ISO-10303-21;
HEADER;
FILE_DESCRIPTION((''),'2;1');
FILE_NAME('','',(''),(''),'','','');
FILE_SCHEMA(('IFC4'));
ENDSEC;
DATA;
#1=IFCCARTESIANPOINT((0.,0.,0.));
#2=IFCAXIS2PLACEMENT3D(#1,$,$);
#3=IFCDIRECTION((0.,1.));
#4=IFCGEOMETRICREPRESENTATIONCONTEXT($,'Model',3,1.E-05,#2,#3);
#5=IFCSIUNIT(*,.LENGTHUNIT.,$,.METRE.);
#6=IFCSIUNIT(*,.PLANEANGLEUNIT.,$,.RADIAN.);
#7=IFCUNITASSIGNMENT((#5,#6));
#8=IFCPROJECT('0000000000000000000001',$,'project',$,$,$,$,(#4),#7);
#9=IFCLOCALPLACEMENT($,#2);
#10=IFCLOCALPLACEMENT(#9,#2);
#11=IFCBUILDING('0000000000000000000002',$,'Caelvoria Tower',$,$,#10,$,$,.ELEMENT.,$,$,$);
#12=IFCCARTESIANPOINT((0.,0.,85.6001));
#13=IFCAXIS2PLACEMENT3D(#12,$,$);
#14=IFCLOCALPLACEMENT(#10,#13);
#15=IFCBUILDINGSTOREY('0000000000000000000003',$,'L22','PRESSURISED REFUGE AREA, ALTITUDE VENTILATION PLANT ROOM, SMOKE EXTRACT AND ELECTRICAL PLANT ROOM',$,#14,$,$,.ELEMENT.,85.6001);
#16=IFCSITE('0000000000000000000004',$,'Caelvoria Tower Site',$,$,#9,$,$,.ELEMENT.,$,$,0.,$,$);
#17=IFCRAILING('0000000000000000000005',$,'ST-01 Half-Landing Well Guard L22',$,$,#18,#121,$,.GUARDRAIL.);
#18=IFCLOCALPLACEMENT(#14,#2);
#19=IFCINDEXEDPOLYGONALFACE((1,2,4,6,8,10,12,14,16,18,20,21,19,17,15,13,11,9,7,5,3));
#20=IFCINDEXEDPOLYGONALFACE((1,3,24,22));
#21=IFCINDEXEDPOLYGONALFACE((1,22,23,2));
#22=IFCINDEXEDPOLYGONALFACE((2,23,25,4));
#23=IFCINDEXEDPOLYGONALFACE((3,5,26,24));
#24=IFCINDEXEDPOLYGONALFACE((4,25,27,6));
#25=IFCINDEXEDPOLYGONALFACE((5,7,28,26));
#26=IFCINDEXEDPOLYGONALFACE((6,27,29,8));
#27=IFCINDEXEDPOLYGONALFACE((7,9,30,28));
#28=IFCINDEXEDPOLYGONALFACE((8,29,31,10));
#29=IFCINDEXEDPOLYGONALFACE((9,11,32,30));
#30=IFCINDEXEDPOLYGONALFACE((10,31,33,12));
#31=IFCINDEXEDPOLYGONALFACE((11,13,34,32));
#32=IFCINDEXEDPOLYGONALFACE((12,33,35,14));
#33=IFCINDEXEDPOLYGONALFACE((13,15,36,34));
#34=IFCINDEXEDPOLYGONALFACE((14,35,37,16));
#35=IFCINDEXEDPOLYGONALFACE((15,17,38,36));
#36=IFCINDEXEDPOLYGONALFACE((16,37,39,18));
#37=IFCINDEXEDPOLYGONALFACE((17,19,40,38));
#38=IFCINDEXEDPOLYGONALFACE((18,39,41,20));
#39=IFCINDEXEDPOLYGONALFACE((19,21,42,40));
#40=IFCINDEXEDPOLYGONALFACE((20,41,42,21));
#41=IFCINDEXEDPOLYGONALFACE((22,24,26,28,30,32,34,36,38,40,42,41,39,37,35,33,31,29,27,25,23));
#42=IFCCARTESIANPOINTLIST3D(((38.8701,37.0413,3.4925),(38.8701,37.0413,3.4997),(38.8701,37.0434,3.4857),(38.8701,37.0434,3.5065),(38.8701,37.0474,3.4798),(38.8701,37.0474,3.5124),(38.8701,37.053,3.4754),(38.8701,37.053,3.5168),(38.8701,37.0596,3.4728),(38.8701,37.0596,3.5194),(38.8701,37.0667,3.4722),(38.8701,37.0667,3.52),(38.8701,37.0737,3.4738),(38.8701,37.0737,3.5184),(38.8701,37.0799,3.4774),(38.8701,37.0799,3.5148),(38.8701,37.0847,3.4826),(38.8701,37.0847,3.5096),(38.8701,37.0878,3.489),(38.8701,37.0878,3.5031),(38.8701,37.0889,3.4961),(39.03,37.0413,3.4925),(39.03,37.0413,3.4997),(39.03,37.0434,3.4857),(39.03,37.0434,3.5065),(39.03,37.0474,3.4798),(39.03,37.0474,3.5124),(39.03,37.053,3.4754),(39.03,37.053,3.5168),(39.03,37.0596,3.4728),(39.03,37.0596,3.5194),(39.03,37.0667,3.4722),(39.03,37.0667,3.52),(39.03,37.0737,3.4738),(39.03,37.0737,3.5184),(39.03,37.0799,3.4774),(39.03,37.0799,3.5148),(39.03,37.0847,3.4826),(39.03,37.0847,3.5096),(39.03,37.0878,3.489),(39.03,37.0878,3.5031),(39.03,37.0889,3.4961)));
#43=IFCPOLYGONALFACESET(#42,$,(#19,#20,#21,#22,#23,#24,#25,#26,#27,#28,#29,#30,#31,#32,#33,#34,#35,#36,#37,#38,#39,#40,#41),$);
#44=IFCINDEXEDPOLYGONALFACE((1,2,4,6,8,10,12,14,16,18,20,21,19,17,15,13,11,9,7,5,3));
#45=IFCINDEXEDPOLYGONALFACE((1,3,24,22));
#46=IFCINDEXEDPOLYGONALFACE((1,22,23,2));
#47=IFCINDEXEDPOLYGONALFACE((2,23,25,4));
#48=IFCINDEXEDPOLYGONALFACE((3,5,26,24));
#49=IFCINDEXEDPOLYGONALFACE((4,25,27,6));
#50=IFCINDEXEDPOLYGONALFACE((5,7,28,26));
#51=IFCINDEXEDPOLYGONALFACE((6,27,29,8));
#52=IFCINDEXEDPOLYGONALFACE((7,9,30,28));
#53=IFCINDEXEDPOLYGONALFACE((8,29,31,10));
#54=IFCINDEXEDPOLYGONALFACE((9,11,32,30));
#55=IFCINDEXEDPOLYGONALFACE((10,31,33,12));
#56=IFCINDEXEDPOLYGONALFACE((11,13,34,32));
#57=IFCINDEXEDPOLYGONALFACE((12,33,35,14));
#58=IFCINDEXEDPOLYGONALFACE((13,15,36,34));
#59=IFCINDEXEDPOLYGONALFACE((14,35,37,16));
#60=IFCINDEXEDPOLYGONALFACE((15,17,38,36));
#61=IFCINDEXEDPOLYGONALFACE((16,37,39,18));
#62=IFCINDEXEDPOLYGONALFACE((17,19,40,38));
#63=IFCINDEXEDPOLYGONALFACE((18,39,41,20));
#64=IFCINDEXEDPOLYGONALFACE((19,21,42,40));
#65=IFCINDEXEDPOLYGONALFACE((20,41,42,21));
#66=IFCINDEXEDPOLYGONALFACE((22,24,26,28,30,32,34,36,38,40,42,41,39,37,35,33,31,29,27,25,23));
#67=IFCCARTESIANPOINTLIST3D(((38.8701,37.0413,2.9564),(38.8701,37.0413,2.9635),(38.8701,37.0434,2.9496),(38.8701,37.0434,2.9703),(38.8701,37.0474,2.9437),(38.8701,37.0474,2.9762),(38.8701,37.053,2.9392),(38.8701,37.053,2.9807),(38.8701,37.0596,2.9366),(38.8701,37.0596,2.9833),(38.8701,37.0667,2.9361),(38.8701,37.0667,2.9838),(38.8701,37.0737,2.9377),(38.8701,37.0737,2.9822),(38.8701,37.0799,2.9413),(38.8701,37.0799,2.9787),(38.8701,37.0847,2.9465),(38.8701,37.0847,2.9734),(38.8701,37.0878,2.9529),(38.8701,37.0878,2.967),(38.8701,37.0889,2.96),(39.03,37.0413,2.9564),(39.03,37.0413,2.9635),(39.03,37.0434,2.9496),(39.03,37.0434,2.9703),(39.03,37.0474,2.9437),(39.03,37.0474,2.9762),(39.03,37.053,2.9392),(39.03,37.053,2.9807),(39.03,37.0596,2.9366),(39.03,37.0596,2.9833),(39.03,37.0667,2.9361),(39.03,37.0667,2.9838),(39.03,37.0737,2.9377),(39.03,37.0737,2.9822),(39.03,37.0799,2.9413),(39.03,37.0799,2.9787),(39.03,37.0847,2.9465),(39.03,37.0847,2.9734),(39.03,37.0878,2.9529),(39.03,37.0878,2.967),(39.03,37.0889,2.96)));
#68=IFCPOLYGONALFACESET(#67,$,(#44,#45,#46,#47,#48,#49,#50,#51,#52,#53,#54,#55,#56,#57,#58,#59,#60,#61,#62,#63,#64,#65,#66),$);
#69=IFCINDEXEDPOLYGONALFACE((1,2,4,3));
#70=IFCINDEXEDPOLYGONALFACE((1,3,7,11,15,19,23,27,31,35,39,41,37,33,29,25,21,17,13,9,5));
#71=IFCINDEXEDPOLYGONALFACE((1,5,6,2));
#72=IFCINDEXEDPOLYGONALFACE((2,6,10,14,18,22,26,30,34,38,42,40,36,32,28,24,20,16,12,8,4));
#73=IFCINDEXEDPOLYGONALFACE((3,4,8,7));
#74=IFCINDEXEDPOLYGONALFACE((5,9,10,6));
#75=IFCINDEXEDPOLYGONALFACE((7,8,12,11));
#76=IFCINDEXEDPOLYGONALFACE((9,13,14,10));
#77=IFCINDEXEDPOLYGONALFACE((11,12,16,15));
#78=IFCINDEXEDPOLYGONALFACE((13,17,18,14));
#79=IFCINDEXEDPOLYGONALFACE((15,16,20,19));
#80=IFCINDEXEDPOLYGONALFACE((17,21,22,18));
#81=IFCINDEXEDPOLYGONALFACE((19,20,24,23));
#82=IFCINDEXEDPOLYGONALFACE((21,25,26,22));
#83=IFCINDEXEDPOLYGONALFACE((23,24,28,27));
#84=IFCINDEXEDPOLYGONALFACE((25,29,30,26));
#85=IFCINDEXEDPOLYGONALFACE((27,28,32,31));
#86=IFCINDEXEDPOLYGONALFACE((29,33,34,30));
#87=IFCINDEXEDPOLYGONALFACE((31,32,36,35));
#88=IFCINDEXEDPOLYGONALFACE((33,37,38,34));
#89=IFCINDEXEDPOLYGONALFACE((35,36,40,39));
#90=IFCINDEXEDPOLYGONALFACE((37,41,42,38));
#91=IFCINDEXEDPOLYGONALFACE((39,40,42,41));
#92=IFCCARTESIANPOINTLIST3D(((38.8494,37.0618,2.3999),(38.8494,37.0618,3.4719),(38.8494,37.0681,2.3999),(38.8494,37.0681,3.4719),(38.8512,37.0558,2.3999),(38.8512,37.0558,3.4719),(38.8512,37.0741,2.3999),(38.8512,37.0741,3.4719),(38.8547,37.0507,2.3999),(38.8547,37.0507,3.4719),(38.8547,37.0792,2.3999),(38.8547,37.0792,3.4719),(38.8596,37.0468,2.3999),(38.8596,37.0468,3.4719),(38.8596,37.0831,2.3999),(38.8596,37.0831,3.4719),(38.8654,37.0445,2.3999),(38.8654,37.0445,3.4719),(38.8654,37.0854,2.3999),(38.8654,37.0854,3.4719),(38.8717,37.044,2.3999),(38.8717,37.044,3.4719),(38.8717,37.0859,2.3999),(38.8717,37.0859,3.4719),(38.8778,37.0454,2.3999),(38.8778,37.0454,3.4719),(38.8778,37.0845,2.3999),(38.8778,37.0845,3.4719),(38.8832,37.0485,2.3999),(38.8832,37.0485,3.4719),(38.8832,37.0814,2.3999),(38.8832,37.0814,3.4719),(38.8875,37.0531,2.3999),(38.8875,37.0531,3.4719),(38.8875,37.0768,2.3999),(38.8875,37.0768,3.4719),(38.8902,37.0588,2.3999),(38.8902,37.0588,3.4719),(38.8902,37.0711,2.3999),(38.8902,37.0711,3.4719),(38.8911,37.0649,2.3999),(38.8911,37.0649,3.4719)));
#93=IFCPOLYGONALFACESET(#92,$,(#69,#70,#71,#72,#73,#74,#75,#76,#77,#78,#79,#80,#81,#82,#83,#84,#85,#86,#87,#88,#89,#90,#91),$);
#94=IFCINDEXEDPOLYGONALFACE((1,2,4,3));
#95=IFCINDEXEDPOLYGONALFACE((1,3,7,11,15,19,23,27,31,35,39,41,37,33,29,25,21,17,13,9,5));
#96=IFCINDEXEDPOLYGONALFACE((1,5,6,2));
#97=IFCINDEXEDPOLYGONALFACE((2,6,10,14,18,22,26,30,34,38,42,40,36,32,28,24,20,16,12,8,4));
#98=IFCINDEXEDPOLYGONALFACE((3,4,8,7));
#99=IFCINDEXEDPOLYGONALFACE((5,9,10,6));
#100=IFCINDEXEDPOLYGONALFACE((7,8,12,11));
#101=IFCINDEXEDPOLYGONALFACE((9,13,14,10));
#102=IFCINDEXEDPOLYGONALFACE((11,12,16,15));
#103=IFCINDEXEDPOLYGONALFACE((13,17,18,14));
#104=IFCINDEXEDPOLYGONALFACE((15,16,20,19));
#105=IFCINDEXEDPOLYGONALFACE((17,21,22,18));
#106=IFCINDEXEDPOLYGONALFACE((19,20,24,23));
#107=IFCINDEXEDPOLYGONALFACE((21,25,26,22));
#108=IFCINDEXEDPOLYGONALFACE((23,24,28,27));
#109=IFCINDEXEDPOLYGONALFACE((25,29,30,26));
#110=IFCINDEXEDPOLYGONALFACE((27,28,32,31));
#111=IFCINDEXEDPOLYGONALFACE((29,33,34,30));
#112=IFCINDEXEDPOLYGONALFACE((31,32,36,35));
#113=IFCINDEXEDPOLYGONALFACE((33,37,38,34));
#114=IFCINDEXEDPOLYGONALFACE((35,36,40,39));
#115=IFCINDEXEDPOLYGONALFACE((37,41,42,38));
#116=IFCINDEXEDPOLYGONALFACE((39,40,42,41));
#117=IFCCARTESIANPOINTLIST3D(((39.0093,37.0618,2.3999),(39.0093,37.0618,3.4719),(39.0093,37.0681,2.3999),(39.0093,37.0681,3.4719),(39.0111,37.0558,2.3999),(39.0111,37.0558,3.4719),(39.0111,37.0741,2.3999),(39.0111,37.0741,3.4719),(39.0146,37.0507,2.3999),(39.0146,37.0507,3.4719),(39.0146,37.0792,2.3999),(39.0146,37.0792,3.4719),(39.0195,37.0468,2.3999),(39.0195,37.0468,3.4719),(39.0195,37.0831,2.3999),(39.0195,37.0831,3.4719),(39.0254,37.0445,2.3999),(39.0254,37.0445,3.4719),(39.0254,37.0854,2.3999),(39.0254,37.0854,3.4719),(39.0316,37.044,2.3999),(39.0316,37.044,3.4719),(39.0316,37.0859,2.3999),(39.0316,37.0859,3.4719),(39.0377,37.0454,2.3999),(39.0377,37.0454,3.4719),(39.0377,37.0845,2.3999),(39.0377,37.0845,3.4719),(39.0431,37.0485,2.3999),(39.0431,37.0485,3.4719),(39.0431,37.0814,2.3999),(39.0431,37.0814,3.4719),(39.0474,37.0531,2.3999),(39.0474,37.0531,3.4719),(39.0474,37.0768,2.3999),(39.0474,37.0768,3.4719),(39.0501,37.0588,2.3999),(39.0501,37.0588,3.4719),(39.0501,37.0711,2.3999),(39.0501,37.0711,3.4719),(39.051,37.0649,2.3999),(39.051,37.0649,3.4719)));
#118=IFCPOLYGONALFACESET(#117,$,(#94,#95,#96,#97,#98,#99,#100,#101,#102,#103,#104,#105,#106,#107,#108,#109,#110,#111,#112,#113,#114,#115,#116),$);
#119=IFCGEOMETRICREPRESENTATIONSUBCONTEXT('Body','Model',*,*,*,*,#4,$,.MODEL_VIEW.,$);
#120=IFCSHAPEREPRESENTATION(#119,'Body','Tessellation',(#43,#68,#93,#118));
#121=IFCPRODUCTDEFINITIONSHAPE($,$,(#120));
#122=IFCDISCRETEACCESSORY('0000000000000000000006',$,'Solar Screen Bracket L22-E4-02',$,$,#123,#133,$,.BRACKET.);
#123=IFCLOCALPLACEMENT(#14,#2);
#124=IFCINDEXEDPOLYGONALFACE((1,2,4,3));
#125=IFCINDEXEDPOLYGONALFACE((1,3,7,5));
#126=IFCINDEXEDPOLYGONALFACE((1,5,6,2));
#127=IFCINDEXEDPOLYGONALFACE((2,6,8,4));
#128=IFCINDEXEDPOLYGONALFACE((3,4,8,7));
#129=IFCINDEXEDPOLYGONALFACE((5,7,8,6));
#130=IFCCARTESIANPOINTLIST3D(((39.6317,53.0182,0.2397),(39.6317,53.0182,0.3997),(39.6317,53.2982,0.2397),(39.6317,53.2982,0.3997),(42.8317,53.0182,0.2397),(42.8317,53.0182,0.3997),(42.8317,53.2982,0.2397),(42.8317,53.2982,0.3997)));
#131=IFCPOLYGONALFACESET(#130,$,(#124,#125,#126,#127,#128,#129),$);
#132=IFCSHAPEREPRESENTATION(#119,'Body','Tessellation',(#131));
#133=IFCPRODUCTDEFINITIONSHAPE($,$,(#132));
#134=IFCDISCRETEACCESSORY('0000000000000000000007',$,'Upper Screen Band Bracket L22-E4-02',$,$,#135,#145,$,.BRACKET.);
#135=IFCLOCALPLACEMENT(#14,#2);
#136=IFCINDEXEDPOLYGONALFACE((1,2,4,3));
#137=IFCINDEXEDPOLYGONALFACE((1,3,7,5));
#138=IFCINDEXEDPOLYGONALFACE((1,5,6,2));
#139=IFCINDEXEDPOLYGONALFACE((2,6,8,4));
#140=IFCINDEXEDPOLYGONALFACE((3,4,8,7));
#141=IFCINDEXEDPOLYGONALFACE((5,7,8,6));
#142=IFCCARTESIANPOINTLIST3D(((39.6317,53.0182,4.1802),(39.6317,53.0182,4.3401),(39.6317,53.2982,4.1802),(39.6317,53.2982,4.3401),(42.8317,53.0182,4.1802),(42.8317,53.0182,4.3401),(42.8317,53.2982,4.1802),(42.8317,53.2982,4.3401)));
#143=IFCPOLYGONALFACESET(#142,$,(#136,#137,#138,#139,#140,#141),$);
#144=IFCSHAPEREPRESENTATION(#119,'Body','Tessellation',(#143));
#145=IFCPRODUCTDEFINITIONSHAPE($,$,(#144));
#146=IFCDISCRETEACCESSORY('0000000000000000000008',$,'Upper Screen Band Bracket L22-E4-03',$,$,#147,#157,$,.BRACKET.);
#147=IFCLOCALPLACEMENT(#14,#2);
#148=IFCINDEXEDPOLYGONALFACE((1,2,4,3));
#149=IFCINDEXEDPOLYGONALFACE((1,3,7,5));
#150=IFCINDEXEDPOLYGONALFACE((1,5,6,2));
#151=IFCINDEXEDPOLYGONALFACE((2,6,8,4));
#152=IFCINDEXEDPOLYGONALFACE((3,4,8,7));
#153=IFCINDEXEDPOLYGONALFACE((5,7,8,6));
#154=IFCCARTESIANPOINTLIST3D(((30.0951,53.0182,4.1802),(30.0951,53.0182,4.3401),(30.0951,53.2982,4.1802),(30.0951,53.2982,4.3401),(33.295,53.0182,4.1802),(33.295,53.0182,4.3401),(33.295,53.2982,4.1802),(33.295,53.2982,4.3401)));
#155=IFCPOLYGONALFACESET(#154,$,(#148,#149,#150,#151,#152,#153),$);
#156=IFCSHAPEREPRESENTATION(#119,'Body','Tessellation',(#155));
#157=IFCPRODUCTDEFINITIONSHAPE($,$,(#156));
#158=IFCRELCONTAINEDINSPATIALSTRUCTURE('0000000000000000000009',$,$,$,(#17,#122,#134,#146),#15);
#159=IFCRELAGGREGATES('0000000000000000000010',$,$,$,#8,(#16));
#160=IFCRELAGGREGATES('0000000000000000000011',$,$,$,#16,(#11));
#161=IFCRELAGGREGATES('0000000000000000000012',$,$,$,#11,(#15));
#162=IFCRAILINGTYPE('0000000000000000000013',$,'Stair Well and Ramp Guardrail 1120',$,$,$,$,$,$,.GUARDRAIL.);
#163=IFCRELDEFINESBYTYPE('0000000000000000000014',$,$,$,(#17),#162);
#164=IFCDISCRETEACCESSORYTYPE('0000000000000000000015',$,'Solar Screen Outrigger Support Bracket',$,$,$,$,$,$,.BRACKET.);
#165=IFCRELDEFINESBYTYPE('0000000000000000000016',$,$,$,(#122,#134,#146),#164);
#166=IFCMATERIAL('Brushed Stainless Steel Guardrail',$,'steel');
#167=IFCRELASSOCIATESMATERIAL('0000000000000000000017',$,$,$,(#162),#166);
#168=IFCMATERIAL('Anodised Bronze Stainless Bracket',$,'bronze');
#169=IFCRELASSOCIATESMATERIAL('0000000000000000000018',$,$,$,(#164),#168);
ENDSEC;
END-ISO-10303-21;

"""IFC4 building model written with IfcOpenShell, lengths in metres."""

from ifc_helpers import new_model, si_unit, direction, frame, origin, origin_2d, place, context, subcontext, project, spatial, rectangle, circle, extrude, material, type_object, element, save


model = new_model("IFC4")

# Units and contexts
model_context = context("Model", 3, precision=1e-05, world=origin(), true_north=direction((0.0, 1.0)))
body_context = subcontext(model_context, "Body", "Model", "MODEL_VIEW")
ifc_project = project(units=[si_unit("LENGTHUNIT", "METRE"), si_unit("PLANEANGLEUNIT", "RADIAN")], contexts=[model_context])

# Site, building, storey
site_placement = place(None, origin())
site = spatial("IfcSite", under=ifc_project, at=site_placement, Name="Caelvoria Tower Site", CompositionType="ELEMENT", RefElevation=0.0)
building_placement = place(site_placement, origin())
building = spatial("IfcBuilding", under=site, at=building_placement, Name="Caelvoria Tower", CompositionType="ELEMENT")
storey_placement = place(building_placement, frame((0.0, 0.0, 85.6001)))
storey = spatial("IfcBuildingStorey", under=building, at=storey_placement, Name="L22", Description="PRESSURISED REFUGE AREA, ALTITUDE VENTILATION PLANT ROOM, SMOKE EXTRACT AND ELECTRICAL PLANT ROOM", CompositionType="ELEMENT", Elevation=85.6001)

# Railing
ifc_material_1 = material(Name="Brushed Stainless Steel Guardrail", Category="steel")
railing_type_1 = type_object("IfcRailingType", Name="Stair Well and Ramp Guardrail 1120", PredefinedType="GUARDRAIL", material=ifc_material_1)
railing_1_placement = place(storey_placement, frame((38.8701, 37.0649, 2.3999)))
element("IfcRailing", 1, at=railing_1_placement, inside=storey, type_object=railing_type_1, Name="ST-01 Half-Landing Well Guard L22", PredefinedType="GUARDRAIL", context=body_context, shape_type="SweptSolid", body=[
    extrude(circle(Radius=0.0239, at=origin_2d()), frame((0.0, 0.0, 1.0962), z_axis=(1.0, 0.0, 0.0), x_axis=(0.0, 1.0, 0.0)), (0.0, 0.0, 1.0), 0.1599),
    extrude(circle(Radius=0.0239, at=origin_2d()), frame((0.0, 0.0, 0.5601), z_axis=(1.0, 0.0, 0.0), x_axis=(0.0, 1.0, 0.0)), (0.0, 0.0, 1.0), 0.1599),
    extrude(circle(Radius=0.021, at=origin_2d()), origin(), (0.0, 0.0, 1.0), 1.072),
    extrude(circle(Radius=0.021, at=origin_2d()), frame((0.1599, 0.0, 0.0)), (0.0, 0.0, 1.0), 1.072),
])

# Discrete accessories
ifc_material_2 = material(Name="Anodised Bronze Stainless Bracket", Category="bronze")
discrete_accessory_type = type_object("IfcDiscreteAccessoryType", Name="Solar Screen Outrigger Support Bracket", PredefinedType="BRACKET", material=ifc_material_2)
for number, where, z_axis, x_axis, name in (
    (2, (41.2317, 53.1582, 0.2397), (0.0, 0.0, 1.0), (-1.0, 0.0, 0.0), "Solar Screen Bracket L22-E4-02"),
    (3, (41.2317, 53.1582, 4.1802), (0.0, 0.0, 1.0), (-1.0, 0.0, 0.0), "Upper Screen Band Bracket L22-E4-02"),
    (4, (31.6951, 53.1582, 4.1802), (0.0, 0.0, 1.0), (-1.0, 0.0, 0.0), "Upper Screen Band Bracket L22-E4-03"),
):
    element("IfcDiscreteAccessory", number, at=place(storey_placement, frame(where, z_axis=z_axis, x_axis=x_axis)), inside=storey, type_object=discrete_accessory_type, Name=name, PredefinedType="BRACKET", context=body_context, shape_type="SweptSolid", body=[
        extrude(rectangle(XDim=3.2, YDim=0.28, at=origin_2d()), origin(), (0.0, 0.0, 1.0), 0.1599),
    ])

save(model, "model.ifc")
